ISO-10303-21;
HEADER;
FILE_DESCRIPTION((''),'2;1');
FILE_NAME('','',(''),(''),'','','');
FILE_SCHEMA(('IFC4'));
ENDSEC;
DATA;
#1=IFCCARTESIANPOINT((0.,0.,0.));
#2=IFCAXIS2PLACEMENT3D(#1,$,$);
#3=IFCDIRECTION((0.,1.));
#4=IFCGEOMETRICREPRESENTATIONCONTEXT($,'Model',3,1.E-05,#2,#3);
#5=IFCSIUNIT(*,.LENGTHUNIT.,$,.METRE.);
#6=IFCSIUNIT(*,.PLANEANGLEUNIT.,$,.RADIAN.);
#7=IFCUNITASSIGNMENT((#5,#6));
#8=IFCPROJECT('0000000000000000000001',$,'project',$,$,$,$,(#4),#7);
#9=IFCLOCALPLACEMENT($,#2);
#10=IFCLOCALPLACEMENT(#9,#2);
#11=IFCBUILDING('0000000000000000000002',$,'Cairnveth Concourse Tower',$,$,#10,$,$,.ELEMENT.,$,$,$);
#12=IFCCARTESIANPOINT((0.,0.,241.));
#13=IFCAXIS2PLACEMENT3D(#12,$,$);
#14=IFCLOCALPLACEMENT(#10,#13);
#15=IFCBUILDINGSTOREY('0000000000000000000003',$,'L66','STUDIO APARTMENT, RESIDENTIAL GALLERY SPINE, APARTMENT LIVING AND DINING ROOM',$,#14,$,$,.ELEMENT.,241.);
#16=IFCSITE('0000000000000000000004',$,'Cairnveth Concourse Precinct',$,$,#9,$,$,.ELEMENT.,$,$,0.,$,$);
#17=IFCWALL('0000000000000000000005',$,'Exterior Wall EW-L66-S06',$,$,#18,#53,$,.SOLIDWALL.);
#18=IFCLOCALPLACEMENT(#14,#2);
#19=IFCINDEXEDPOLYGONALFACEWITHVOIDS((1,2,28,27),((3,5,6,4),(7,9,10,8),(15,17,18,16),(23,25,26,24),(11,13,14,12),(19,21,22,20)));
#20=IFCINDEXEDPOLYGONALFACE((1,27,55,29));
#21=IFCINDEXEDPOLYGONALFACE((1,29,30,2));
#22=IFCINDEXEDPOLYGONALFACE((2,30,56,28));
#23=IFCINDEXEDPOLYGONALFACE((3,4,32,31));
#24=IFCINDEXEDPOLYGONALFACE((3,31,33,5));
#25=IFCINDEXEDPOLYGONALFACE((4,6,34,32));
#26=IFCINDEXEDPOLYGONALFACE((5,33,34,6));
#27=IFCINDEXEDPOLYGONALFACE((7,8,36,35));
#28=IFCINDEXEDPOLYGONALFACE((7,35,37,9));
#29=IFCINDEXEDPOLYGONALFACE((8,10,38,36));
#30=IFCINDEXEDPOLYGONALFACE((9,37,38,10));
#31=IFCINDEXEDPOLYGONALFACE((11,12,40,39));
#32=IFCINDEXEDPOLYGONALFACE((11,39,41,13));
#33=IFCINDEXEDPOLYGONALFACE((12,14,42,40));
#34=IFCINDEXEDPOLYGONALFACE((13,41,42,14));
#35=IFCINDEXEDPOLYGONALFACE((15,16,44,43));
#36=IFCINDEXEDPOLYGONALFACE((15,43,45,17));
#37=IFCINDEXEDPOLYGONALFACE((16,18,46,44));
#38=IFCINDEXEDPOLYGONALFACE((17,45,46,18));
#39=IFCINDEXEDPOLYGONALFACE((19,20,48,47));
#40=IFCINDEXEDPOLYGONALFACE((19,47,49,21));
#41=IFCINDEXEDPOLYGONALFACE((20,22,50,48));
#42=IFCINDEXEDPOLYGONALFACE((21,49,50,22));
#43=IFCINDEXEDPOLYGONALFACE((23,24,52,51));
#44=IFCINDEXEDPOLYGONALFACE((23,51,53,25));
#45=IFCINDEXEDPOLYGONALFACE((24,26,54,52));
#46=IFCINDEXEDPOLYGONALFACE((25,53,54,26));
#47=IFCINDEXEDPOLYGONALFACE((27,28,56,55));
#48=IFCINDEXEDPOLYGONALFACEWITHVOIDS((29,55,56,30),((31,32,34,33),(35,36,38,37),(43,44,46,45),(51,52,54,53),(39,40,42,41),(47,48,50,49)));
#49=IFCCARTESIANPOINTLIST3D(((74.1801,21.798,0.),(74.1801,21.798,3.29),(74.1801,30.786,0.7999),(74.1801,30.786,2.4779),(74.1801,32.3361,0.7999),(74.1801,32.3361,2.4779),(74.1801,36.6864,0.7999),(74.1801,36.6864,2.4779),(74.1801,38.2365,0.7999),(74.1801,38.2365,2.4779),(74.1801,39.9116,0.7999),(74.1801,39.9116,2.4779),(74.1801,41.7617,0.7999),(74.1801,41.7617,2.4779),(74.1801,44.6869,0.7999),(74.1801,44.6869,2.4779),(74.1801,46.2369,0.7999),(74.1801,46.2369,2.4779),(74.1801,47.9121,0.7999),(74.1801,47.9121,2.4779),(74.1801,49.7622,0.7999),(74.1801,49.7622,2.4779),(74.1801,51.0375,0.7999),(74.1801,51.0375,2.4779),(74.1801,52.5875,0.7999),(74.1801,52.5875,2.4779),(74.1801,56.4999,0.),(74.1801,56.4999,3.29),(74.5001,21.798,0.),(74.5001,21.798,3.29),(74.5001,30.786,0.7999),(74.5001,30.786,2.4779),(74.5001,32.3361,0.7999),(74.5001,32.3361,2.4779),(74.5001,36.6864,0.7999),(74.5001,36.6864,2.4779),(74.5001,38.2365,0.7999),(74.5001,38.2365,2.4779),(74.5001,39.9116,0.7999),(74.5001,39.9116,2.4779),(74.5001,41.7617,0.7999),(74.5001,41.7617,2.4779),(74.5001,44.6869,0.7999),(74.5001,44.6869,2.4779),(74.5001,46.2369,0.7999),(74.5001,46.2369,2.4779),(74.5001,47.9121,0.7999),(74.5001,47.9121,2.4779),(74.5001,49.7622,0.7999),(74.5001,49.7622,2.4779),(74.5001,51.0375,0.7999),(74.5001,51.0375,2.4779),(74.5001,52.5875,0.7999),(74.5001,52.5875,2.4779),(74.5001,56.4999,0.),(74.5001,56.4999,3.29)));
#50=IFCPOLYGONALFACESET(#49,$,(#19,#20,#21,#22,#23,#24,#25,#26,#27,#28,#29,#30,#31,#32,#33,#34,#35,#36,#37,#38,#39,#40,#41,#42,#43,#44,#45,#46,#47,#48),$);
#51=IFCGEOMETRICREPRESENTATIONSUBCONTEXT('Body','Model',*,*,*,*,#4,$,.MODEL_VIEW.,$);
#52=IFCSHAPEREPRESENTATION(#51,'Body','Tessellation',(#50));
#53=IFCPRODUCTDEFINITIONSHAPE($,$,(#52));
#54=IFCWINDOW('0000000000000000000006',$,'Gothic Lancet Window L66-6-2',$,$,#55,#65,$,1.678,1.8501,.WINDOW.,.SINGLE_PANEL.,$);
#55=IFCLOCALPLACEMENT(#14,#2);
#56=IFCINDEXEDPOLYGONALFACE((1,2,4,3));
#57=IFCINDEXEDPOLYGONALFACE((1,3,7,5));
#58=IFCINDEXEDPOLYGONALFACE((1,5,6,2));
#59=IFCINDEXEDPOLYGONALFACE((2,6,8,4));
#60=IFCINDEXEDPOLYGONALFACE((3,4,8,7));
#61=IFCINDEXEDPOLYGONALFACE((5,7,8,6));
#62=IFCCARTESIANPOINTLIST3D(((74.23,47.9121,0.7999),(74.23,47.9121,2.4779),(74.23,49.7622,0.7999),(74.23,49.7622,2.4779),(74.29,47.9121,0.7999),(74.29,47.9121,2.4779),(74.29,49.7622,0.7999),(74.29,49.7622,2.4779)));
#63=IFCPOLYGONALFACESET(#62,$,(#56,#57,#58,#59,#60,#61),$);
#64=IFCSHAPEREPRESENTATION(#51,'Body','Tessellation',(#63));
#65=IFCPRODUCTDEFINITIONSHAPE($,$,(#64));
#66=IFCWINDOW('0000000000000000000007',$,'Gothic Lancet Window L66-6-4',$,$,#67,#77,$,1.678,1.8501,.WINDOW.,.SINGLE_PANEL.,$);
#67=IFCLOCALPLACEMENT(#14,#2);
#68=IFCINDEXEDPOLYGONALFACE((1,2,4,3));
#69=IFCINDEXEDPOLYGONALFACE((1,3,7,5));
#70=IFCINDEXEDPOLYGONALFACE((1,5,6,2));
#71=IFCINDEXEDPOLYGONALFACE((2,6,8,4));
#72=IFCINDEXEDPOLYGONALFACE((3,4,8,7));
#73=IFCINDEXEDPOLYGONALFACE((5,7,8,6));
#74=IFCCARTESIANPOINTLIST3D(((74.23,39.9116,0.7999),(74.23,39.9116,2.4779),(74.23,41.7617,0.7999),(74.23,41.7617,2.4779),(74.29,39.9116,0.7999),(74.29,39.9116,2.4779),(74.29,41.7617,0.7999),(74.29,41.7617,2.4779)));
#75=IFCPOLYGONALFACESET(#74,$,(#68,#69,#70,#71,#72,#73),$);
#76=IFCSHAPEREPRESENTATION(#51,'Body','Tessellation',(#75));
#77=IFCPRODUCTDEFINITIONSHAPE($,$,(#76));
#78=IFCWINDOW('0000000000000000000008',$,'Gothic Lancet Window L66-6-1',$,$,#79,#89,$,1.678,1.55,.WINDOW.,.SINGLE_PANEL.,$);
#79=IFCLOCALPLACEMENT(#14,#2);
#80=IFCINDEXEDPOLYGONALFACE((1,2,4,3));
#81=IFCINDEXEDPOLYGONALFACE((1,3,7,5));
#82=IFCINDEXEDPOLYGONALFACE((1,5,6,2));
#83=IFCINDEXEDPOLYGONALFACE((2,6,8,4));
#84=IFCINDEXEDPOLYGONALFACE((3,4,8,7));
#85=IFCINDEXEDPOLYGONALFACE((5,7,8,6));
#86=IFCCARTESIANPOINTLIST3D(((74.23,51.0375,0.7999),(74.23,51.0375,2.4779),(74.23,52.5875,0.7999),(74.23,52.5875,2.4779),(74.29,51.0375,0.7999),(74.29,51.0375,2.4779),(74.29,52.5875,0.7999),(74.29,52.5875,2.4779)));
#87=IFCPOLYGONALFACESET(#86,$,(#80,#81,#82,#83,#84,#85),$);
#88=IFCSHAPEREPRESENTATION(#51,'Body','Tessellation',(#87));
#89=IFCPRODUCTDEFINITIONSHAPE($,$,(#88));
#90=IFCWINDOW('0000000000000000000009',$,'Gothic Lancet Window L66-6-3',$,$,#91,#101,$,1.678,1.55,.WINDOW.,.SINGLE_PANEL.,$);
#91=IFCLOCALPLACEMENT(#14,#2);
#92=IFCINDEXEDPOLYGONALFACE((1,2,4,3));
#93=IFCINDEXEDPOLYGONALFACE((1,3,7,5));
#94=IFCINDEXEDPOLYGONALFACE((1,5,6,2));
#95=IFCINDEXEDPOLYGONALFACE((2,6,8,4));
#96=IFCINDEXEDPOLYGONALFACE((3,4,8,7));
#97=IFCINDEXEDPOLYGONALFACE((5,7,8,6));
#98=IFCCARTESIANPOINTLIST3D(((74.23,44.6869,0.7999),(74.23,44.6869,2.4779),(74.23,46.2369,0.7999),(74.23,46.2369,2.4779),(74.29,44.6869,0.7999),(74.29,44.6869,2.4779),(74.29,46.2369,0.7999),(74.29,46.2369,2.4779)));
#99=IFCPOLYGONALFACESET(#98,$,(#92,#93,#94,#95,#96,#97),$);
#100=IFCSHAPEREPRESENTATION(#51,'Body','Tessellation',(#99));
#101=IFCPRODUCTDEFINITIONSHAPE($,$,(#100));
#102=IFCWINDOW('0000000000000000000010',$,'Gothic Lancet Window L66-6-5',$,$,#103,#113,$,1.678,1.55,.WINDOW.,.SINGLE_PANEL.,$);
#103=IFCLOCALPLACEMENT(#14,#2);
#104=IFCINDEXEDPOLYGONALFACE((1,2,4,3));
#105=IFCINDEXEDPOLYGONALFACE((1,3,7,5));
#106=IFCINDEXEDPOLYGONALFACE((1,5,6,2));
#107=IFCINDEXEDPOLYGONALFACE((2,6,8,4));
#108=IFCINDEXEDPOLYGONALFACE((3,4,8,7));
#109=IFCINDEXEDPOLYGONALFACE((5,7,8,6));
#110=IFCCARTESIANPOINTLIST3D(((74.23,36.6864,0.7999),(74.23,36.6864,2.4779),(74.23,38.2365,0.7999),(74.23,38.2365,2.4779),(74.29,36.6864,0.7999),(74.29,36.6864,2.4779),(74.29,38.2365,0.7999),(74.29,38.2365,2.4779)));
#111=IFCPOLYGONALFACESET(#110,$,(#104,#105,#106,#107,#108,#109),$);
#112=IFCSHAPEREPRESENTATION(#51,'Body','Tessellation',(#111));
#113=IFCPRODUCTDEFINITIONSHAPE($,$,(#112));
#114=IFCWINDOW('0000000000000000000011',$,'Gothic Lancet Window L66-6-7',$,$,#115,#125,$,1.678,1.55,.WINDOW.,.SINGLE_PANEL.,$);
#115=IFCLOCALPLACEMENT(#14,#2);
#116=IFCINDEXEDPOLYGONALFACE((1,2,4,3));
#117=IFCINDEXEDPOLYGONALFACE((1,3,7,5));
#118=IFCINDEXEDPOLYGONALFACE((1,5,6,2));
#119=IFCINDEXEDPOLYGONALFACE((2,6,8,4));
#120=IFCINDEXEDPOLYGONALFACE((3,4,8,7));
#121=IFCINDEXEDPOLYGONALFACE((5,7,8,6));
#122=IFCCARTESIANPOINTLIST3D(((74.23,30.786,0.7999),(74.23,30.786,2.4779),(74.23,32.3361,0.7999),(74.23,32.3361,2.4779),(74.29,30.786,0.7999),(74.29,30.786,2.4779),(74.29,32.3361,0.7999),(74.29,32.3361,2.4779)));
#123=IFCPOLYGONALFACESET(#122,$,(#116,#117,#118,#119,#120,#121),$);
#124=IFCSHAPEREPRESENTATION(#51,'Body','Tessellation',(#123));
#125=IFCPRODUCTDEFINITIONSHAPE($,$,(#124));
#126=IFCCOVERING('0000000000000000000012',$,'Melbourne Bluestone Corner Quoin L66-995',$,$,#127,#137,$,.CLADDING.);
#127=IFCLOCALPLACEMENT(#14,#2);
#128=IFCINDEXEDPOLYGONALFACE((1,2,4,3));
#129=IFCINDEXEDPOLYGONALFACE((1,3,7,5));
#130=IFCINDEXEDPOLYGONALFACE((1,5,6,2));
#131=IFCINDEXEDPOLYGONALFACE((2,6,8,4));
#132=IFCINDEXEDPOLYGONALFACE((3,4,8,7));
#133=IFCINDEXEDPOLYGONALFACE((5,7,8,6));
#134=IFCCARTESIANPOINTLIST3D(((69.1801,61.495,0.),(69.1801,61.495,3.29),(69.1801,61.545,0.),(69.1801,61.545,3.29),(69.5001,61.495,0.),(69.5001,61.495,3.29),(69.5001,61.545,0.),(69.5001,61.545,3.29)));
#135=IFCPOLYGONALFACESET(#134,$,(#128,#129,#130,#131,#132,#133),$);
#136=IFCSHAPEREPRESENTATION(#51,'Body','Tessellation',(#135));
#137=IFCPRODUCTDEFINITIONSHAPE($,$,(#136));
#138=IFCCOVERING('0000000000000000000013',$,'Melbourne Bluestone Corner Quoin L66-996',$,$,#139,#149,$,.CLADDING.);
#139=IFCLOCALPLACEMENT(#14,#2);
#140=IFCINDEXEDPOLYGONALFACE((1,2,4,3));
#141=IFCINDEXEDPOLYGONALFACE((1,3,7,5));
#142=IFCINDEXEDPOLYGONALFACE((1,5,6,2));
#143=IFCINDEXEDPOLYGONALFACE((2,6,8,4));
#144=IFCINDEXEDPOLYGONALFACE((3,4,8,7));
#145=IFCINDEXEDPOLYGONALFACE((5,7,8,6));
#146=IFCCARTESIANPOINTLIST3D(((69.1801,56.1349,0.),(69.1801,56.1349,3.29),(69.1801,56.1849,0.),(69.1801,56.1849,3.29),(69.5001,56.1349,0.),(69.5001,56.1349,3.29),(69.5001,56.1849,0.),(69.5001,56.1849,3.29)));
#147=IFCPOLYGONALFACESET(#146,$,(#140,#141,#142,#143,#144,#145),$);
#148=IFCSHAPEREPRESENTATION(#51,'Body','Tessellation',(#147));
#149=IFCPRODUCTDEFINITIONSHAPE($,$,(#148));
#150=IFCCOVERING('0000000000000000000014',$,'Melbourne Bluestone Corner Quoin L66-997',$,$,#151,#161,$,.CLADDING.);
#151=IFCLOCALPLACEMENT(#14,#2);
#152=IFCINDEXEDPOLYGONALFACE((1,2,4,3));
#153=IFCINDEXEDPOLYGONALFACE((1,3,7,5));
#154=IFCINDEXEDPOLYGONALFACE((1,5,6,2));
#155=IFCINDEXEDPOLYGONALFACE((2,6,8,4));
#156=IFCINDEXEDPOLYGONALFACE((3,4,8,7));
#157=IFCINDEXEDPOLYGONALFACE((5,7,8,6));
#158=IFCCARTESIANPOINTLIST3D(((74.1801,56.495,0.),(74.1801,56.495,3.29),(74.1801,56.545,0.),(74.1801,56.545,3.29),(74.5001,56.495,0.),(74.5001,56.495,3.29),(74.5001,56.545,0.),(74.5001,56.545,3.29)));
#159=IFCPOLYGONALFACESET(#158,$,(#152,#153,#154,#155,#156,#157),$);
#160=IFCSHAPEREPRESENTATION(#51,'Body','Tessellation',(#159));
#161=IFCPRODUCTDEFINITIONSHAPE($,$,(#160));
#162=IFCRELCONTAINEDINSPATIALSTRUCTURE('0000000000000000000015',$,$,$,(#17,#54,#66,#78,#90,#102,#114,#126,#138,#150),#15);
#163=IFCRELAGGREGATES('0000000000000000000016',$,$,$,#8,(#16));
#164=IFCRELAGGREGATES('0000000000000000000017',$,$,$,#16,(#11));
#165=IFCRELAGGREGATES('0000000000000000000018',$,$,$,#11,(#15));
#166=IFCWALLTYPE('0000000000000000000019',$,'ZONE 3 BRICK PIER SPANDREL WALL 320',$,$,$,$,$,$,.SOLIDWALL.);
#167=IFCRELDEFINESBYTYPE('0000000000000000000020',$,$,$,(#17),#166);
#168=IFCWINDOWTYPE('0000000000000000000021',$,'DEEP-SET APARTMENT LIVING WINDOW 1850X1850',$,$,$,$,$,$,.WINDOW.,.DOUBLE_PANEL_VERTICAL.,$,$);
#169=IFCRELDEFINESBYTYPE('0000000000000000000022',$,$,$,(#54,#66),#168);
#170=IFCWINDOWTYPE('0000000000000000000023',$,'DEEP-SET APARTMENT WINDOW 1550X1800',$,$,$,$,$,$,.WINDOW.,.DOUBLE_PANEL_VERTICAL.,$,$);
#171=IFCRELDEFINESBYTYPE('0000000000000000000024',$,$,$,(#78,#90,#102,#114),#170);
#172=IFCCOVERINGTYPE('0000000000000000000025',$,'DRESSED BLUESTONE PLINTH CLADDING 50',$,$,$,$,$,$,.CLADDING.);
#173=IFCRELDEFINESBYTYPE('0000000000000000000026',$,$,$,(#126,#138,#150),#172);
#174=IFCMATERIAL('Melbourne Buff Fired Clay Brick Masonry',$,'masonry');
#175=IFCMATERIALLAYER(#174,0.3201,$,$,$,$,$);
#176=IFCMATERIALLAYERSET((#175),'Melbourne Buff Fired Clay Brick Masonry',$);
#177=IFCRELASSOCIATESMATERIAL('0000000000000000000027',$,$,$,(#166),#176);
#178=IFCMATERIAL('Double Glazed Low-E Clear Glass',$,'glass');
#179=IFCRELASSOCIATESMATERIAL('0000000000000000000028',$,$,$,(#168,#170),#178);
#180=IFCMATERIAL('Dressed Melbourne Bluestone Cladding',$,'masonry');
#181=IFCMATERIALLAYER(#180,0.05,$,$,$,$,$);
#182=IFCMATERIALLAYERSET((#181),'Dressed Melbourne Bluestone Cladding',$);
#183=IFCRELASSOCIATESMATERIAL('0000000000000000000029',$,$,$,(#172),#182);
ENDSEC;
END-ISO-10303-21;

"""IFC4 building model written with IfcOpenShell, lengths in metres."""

from ifc_helpers import new_model, si_unit, direction, frame, frame_2d, origin, place, context, subcontext, project, spatial, rectangle, extrude, material, layer, layer_set, type_object, element, fill, save


model = new_model("IFC4")

# Units and contexts
model_context = context("Model", 3, precision=1e-05, world=origin(), true_north=direction((0.0, 1.0)))
body_context = subcontext(model_context, "Body", "Model", "MODEL_VIEW")
ifc_project = project(units=[si_unit("LENGTHUNIT", "METRE"), si_unit("PLANEANGLEUNIT", "RADIAN")], contexts=[model_context])

# Site, building, storey
site_placement = place(None, origin())
site = spatial("IfcSite", under=ifc_project, at=site_placement, Name="Cairnveth Concourse Precinct", CompositionType="ELEMENT", RefElevation=0.0)
building_placement = place(site_placement, origin())
building = spatial("IfcBuilding", under=site, at=building_placement, Name="Cairnveth Concourse Tower", CompositionType="ELEMENT")
storey_placement = place(building_placement, frame((0.0, 0.0, 241.0)))
storey = spatial("IfcBuildingStorey", under=building, at=storey_placement, Name="L66", Description="STUDIO APARTMENT, RESIDENTIAL GALLERY SPINE, APARTMENT LIVING AND DINING ROOM", CompositionType="ELEMENT", Elevation=241.0)

# Shared definitions
ifc_material_1 = material(Name="Melbourne Buff Fired Clay Brick Masonry", Category="masonry")
ifc_layer_1 = layer(ifc_material_1, 0.3201)
ifc_layer_set_1 = layer_set([ifc_layer_1], Name="Melbourne Buff Fired Clay Brick Masonry")
wall_type_1 = type_object("IfcWallType", Name="ZONE 3 BRICK PIER SPANDREL WALL 320", PredefinedType="SOLIDWALL", material=ifc_layer_set_1)
ifc_material_2 = material(Name="Double Glazed Low-E Clear Glass", Category="glass")

# Wall, openings, windows
wall_1_placement = place(storey_placement, frame((74.3401, 56.5, 0.0), z_axis=(0.0, 0.0, 1.0), x_axis=(0.0, -1.0, 0.0)))
wall_1 = element("IfcWall", 1, at=wall_1_placement, inside=storey, type_object=wall_type_1, Name="Exterior Wall EW-L66-S06", PredefinedType="SOLIDWALL", context=body_context, shape_type="SweptSolid", body=[
    extrude(rectangle(XDim=34.7019, YDim=0.3201, at=frame_2d((17.3511, 0.0))), origin(), (0.0, 0.0, 1.0), 3.29),
])
opening_1_placement = place(wall_1_placement, frame((3.9126, 0.0, 0.8)))
opening_1 = element("IfcOpeningElement", 2, at=opening_1_placement, cuts=wall_1, PredefinedType="OPENING", context=body_context, shape_type="SweptSolid", body=[
    extrude(rectangle(XDim=1.55, YDim=1.678, at=frame_2d((0.7749, 0.8389))), frame((0.0, 0.1699, 0.0), z_axis=(0.0, -1.0, 0.0), x_axis=(1.0, 0.0, 0.0)), (0.0, 0.0, 1.0), 0.3401),
])
opening_2_placement = place(wall_1_placement, frame((6.7378, 0.0, 0.8)))
opening_2 = element("IfcOpeningElement", 3, at=opening_2_placement, cuts=wall_1, PredefinedType="OPENING", context=body_context, shape_type="SweptSolid", body=[
    extrude(rectangle(XDim=1.8501, YDim=1.678, at=frame_2d((0.925, 0.8389))), frame((0.0, 0.1699, 0.0), z_axis=(0.0, -1.0, 0.0), x_axis=(1.0, 0.0, 0.0)), (0.0, 0.0, 1.0), 0.3401),
])
opening_3_placement = place(wall_1_placement, frame((10.2632, 0.0, 0.8)))
opening_3 = element("IfcOpeningElement", 4, at=opening_3_placement, cuts=wall_1, PredefinedType="OPENING", context=body_context, shape_type="SweptSolid", body=[
    extrude(rectangle(XDim=1.55, YDim=1.678, at=frame_2d((0.7749, 0.8389))), frame((0.0, 0.1699, 0.0), z_axis=(0.0, -1.0, 0.0), x_axis=(1.0, 0.0, 0.0)), (0.0, 0.0, 1.0), 0.3401),
])
opening_4_placement = place(wall_1_placement, frame((14.7383, 0.0, 0.8)))
opening_4 = element("IfcOpeningElement", 5, at=opening_4_placement, cuts=wall_1, PredefinedType="OPENING", context=body_context, shape_type="SweptSolid", body=[
    extrude(rectangle(XDim=1.8501, YDim=1.678, at=frame_2d((0.925, 0.8389))), frame((0.0, 0.1699, 0.0), z_axis=(0.0, -1.0, 0.0), x_axis=(1.0, 0.0, 0.0)), (0.0, 0.0, 1.0), 0.3401),
])
opening_5_placement = place(wall_1_placement, frame((18.2637, 0.0, 0.8)))
opening_5 = element("IfcOpeningElement", 6, at=opening_5_placement, cuts=wall_1, PredefinedType="OPENING", context=body_context, shape_type="SweptSolid", body=[
    extrude(rectangle(XDim=1.55, YDim=1.678, at=frame_2d((0.7749, 0.8389))), frame((0.0, 0.1699, 0.0), z_axis=(0.0, -1.0, 0.0), x_axis=(1.0, 0.0, 0.0)), (0.0, 0.0, 1.0), 0.3401),
])
opening_6_placement = place(wall_1_placement, frame((24.1641, 0.0, 0.8)))
opening_6 = element("IfcOpeningElement", 7, at=opening_6_placement, cuts=wall_1, PredefinedType="OPENING", context=body_context, shape_type="SweptSolid", body=[
    extrude(rectangle(XDim=1.55, YDim=1.678, at=frame_2d((0.7749, 0.8389))), frame((0.0, 0.1699, 0.0), z_axis=(0.0, -1.0, 0.0), x_axis=(1.0, 0.0, 0.0)), (0.0, 0.0, 1.0), 0.3401),
])
window_type_1 = type_object("IfcWindowType", Name="DEEP-SET APARTMENT LIVING WINDOW 1850X1850", PartitioningType="DOUBLE_PANEL_VERTICAL", PredefinedType="WINDOW", material=ifc_material_2)
window_1_placement = place(opening_2_placement, origin())
window_1 = element("IfcWindow", 8, at=window_1_placement, inside=storey, type_object=window_type_1, Name="Gothic Lancet Window L66-6-2", OverallHeight=1.678, OverallWidth=1.8501, PartitioningType="SINGLE_PANEL", PredefinedType="WINDOW", context=body_context, shape_type="SweptSolid", body=[
    extrude(rectangle(XDim=1.8501, YDim=1.678, at=frame_2d((0.925, 0.8389))), frame((0.0, -0.05, 0.0), z_axis=(0.0, -1.0, 0.0), x_axis=(1.0, 0.0, 0.0)), (0.0, 0.0, 1.0), 0.0601),
])
fill(opening_2, window_1)
window_2_placement = place(opening_4_placement, origin())
window_2 = element("IfcWindow", 9, at=window_2_placement, inside=storey, type_object=window_type_1, Name="Gothic Lancet Window L66-6-4", OverallHeight=1.678, OverallWidth=1.8501, PartitioningType="SINGLE_PANEL", PredefinedType="WINDOW", context=body_context, shape_type="SweptSolid", body=[
    extrude(rectangle(XDim=1.8501, YDim=1.678, at=frame_2d((0.925, 0.8389))), frame((0.0, -0.05, 0.0), z_axis=(0.0, -1.0, 0.0), x_axis=(1.0, 0.0, 0.0)), (0.0, 0.0, 1.0), 0.0601),
])
fill(opening_4, window_2)
window_type_2 = type_object("IfcWindowType", Name="DEEP-SET APARTMENT WINDOW 1550X1800", PartitioningType="DOUBLE_PANEL_VERTICAL", PredefinedType="WINDOW", material=ifc_material_2)
window_3_placement = place(opening_1_placement, origin())
window_3 = element("IfcWindow", 10, at=window_3_placement, inside=storey, type_object=window_type_2, Name="Gothic Lancet Window L66-6-1", OverallHeight=1.678, OverallWidth=1.55, PartitioningType="SINGLE_PANEL", PredefinedType="WINDOW", context=body_context, shape_type="SweptSolid", body=[
    extrude(rectangle(XDim=1.55, YDim=1.678, at=frame_2d((0.7749, 0.8389))), frame((0.0, -0.05, 0.0), z_axis=(0.0, -1.0, 0.0), x_axis=(1.0, 0.0, 0.0)), (0.0, 0.0, 1.0), 0.0601),
])
fill(opening_1, window_3)
window_4_placement = place(opening_3_placement, origin())
window_4 = element("IfcWindow", 11, at=window_4_placement, inside=storey, type_object=window_type_2, Name="Gothic Lancet Window L66-6-3", OverallHeight=1.678, OverallWidth=1.55, PartitioningType="SINGLE_PANEL", PredefinedType="WINDOW", context=body_context, shape_type="SweptSolid", body=[
    extrude(rectangle(XDim=1.55, YDim=1.678, at=frame_2d((0.7749, 0.8389))), frame((0.0, -0.05, 0.0), z_axis=(0.0, -1.0, 0.0), x_axis=(1.0, 0.0, 0.0)), (0.0, 0.0, 1.0), 0.0601),
])
fill(opening_3, window_4)
window_5_placement = place(opening_5_placement, origin())
window_5 = element("IfcWindow", 12, at=window_5_placement, inside=storey, type_object=window_type_2, Name="Gothic Lancet Window L66-6-5", OverallHeight=1.678, OverallWidth=1.55, PartitioningType="SINGLE_PANEL", PredefinedType="WINDOW", context=body_context, shape_type="SweptSolid", body=[
    extrude(rectangle(XDim=1.55, YDim=1.678, at=frame_2d((0.7749, 0.8389))), frame((0.0, -0.05, 0.0), z_axis=(0.0, -1.0, 0.0), x_axis=(1.0, 0.0, 0.0)), (0.0, 0.0, 1.0), 0.0601),
])
fill(opening_5, window_5)
window_6_placement = place(opening_6_placement, origin())
window_6 = element("IfcWindow", 13, at=window_6_placement, inside=storey, type_object=window_type_2, Name="Gothic Lancet Window L66-6-7", OverallHeight=1.678, OverallWidth=1.55, PartitioningType="SINGLE_PANEL", PredefinedType="WINDOW", context=body_context, shape_type="SweptSolid", body=[
    extrude(rectangle(XDim=1.55, YDim=1.678, at=frame_2d((0.7749, 0.8389))), frame((0.0, -0.05, 0.0), z_axis=(0.0, -1.0, 0.0), x_axis=(1.0, 0.0, 0.0)), (0.0, 0.0, 1.0), 0.0601),
])
fill(opening_6, window_6)

# Coverings
ifc_material_3 = material(Name="Dressed Melbourne Bluestone Cladding", Category="masonry")
ifc_layer_2 = layer(ifc_material_3, 0.05)
ifc_layer_set_2 = layer_set([ifc_layer_2], Name="Dressed Melbourne Bluestone Cladding")
covering_type = type_object("IfcCoveringType", Name="DRESSED BLUESTONE PLINTH CLADDING 50", PredefinedType="CLADDING", material=ifc_layer_set_2)
for number, where, z_axis, x_axis, name in (
    (14, (69.1799, 61.52, 0.0), (0.0, 0.0, 1.0), (1.0, 0.0, 0.0), "Melbourne Bluestone Corner Quoin L66-995"),
    (15, (69.1799, 56.1599, 0.0), (0.0, 0.0, 1.0), (1.0, 0.0, 0.0), "Melbourne Bluestone Corner Quoin L66-996"),
    (16, (74.1799, 56.52, 0.0), (0.0, 0.0, 1.0), (1.0, 0.0, 0.0), "Melbourne Bluestone Corner Quoin L66-997"),
):
    element("IfcCovering", number, at=place(storey_placement, frame(where, z_axis=z_axis, x_axis=x_axis)), inside=storey, type_object=covering_type, Name=name, PredefinedType="CLADDING", context=body_context, shape_type="SweptSolid", body=[
        extrude(rectangle(XDim=0.3201, YDim=0.05, at=frame_2d((0.1602, 0.0))), origin(), (0.0, 0.0, 1.0), 3.29),
    ])

save(model, "model.ifc")
